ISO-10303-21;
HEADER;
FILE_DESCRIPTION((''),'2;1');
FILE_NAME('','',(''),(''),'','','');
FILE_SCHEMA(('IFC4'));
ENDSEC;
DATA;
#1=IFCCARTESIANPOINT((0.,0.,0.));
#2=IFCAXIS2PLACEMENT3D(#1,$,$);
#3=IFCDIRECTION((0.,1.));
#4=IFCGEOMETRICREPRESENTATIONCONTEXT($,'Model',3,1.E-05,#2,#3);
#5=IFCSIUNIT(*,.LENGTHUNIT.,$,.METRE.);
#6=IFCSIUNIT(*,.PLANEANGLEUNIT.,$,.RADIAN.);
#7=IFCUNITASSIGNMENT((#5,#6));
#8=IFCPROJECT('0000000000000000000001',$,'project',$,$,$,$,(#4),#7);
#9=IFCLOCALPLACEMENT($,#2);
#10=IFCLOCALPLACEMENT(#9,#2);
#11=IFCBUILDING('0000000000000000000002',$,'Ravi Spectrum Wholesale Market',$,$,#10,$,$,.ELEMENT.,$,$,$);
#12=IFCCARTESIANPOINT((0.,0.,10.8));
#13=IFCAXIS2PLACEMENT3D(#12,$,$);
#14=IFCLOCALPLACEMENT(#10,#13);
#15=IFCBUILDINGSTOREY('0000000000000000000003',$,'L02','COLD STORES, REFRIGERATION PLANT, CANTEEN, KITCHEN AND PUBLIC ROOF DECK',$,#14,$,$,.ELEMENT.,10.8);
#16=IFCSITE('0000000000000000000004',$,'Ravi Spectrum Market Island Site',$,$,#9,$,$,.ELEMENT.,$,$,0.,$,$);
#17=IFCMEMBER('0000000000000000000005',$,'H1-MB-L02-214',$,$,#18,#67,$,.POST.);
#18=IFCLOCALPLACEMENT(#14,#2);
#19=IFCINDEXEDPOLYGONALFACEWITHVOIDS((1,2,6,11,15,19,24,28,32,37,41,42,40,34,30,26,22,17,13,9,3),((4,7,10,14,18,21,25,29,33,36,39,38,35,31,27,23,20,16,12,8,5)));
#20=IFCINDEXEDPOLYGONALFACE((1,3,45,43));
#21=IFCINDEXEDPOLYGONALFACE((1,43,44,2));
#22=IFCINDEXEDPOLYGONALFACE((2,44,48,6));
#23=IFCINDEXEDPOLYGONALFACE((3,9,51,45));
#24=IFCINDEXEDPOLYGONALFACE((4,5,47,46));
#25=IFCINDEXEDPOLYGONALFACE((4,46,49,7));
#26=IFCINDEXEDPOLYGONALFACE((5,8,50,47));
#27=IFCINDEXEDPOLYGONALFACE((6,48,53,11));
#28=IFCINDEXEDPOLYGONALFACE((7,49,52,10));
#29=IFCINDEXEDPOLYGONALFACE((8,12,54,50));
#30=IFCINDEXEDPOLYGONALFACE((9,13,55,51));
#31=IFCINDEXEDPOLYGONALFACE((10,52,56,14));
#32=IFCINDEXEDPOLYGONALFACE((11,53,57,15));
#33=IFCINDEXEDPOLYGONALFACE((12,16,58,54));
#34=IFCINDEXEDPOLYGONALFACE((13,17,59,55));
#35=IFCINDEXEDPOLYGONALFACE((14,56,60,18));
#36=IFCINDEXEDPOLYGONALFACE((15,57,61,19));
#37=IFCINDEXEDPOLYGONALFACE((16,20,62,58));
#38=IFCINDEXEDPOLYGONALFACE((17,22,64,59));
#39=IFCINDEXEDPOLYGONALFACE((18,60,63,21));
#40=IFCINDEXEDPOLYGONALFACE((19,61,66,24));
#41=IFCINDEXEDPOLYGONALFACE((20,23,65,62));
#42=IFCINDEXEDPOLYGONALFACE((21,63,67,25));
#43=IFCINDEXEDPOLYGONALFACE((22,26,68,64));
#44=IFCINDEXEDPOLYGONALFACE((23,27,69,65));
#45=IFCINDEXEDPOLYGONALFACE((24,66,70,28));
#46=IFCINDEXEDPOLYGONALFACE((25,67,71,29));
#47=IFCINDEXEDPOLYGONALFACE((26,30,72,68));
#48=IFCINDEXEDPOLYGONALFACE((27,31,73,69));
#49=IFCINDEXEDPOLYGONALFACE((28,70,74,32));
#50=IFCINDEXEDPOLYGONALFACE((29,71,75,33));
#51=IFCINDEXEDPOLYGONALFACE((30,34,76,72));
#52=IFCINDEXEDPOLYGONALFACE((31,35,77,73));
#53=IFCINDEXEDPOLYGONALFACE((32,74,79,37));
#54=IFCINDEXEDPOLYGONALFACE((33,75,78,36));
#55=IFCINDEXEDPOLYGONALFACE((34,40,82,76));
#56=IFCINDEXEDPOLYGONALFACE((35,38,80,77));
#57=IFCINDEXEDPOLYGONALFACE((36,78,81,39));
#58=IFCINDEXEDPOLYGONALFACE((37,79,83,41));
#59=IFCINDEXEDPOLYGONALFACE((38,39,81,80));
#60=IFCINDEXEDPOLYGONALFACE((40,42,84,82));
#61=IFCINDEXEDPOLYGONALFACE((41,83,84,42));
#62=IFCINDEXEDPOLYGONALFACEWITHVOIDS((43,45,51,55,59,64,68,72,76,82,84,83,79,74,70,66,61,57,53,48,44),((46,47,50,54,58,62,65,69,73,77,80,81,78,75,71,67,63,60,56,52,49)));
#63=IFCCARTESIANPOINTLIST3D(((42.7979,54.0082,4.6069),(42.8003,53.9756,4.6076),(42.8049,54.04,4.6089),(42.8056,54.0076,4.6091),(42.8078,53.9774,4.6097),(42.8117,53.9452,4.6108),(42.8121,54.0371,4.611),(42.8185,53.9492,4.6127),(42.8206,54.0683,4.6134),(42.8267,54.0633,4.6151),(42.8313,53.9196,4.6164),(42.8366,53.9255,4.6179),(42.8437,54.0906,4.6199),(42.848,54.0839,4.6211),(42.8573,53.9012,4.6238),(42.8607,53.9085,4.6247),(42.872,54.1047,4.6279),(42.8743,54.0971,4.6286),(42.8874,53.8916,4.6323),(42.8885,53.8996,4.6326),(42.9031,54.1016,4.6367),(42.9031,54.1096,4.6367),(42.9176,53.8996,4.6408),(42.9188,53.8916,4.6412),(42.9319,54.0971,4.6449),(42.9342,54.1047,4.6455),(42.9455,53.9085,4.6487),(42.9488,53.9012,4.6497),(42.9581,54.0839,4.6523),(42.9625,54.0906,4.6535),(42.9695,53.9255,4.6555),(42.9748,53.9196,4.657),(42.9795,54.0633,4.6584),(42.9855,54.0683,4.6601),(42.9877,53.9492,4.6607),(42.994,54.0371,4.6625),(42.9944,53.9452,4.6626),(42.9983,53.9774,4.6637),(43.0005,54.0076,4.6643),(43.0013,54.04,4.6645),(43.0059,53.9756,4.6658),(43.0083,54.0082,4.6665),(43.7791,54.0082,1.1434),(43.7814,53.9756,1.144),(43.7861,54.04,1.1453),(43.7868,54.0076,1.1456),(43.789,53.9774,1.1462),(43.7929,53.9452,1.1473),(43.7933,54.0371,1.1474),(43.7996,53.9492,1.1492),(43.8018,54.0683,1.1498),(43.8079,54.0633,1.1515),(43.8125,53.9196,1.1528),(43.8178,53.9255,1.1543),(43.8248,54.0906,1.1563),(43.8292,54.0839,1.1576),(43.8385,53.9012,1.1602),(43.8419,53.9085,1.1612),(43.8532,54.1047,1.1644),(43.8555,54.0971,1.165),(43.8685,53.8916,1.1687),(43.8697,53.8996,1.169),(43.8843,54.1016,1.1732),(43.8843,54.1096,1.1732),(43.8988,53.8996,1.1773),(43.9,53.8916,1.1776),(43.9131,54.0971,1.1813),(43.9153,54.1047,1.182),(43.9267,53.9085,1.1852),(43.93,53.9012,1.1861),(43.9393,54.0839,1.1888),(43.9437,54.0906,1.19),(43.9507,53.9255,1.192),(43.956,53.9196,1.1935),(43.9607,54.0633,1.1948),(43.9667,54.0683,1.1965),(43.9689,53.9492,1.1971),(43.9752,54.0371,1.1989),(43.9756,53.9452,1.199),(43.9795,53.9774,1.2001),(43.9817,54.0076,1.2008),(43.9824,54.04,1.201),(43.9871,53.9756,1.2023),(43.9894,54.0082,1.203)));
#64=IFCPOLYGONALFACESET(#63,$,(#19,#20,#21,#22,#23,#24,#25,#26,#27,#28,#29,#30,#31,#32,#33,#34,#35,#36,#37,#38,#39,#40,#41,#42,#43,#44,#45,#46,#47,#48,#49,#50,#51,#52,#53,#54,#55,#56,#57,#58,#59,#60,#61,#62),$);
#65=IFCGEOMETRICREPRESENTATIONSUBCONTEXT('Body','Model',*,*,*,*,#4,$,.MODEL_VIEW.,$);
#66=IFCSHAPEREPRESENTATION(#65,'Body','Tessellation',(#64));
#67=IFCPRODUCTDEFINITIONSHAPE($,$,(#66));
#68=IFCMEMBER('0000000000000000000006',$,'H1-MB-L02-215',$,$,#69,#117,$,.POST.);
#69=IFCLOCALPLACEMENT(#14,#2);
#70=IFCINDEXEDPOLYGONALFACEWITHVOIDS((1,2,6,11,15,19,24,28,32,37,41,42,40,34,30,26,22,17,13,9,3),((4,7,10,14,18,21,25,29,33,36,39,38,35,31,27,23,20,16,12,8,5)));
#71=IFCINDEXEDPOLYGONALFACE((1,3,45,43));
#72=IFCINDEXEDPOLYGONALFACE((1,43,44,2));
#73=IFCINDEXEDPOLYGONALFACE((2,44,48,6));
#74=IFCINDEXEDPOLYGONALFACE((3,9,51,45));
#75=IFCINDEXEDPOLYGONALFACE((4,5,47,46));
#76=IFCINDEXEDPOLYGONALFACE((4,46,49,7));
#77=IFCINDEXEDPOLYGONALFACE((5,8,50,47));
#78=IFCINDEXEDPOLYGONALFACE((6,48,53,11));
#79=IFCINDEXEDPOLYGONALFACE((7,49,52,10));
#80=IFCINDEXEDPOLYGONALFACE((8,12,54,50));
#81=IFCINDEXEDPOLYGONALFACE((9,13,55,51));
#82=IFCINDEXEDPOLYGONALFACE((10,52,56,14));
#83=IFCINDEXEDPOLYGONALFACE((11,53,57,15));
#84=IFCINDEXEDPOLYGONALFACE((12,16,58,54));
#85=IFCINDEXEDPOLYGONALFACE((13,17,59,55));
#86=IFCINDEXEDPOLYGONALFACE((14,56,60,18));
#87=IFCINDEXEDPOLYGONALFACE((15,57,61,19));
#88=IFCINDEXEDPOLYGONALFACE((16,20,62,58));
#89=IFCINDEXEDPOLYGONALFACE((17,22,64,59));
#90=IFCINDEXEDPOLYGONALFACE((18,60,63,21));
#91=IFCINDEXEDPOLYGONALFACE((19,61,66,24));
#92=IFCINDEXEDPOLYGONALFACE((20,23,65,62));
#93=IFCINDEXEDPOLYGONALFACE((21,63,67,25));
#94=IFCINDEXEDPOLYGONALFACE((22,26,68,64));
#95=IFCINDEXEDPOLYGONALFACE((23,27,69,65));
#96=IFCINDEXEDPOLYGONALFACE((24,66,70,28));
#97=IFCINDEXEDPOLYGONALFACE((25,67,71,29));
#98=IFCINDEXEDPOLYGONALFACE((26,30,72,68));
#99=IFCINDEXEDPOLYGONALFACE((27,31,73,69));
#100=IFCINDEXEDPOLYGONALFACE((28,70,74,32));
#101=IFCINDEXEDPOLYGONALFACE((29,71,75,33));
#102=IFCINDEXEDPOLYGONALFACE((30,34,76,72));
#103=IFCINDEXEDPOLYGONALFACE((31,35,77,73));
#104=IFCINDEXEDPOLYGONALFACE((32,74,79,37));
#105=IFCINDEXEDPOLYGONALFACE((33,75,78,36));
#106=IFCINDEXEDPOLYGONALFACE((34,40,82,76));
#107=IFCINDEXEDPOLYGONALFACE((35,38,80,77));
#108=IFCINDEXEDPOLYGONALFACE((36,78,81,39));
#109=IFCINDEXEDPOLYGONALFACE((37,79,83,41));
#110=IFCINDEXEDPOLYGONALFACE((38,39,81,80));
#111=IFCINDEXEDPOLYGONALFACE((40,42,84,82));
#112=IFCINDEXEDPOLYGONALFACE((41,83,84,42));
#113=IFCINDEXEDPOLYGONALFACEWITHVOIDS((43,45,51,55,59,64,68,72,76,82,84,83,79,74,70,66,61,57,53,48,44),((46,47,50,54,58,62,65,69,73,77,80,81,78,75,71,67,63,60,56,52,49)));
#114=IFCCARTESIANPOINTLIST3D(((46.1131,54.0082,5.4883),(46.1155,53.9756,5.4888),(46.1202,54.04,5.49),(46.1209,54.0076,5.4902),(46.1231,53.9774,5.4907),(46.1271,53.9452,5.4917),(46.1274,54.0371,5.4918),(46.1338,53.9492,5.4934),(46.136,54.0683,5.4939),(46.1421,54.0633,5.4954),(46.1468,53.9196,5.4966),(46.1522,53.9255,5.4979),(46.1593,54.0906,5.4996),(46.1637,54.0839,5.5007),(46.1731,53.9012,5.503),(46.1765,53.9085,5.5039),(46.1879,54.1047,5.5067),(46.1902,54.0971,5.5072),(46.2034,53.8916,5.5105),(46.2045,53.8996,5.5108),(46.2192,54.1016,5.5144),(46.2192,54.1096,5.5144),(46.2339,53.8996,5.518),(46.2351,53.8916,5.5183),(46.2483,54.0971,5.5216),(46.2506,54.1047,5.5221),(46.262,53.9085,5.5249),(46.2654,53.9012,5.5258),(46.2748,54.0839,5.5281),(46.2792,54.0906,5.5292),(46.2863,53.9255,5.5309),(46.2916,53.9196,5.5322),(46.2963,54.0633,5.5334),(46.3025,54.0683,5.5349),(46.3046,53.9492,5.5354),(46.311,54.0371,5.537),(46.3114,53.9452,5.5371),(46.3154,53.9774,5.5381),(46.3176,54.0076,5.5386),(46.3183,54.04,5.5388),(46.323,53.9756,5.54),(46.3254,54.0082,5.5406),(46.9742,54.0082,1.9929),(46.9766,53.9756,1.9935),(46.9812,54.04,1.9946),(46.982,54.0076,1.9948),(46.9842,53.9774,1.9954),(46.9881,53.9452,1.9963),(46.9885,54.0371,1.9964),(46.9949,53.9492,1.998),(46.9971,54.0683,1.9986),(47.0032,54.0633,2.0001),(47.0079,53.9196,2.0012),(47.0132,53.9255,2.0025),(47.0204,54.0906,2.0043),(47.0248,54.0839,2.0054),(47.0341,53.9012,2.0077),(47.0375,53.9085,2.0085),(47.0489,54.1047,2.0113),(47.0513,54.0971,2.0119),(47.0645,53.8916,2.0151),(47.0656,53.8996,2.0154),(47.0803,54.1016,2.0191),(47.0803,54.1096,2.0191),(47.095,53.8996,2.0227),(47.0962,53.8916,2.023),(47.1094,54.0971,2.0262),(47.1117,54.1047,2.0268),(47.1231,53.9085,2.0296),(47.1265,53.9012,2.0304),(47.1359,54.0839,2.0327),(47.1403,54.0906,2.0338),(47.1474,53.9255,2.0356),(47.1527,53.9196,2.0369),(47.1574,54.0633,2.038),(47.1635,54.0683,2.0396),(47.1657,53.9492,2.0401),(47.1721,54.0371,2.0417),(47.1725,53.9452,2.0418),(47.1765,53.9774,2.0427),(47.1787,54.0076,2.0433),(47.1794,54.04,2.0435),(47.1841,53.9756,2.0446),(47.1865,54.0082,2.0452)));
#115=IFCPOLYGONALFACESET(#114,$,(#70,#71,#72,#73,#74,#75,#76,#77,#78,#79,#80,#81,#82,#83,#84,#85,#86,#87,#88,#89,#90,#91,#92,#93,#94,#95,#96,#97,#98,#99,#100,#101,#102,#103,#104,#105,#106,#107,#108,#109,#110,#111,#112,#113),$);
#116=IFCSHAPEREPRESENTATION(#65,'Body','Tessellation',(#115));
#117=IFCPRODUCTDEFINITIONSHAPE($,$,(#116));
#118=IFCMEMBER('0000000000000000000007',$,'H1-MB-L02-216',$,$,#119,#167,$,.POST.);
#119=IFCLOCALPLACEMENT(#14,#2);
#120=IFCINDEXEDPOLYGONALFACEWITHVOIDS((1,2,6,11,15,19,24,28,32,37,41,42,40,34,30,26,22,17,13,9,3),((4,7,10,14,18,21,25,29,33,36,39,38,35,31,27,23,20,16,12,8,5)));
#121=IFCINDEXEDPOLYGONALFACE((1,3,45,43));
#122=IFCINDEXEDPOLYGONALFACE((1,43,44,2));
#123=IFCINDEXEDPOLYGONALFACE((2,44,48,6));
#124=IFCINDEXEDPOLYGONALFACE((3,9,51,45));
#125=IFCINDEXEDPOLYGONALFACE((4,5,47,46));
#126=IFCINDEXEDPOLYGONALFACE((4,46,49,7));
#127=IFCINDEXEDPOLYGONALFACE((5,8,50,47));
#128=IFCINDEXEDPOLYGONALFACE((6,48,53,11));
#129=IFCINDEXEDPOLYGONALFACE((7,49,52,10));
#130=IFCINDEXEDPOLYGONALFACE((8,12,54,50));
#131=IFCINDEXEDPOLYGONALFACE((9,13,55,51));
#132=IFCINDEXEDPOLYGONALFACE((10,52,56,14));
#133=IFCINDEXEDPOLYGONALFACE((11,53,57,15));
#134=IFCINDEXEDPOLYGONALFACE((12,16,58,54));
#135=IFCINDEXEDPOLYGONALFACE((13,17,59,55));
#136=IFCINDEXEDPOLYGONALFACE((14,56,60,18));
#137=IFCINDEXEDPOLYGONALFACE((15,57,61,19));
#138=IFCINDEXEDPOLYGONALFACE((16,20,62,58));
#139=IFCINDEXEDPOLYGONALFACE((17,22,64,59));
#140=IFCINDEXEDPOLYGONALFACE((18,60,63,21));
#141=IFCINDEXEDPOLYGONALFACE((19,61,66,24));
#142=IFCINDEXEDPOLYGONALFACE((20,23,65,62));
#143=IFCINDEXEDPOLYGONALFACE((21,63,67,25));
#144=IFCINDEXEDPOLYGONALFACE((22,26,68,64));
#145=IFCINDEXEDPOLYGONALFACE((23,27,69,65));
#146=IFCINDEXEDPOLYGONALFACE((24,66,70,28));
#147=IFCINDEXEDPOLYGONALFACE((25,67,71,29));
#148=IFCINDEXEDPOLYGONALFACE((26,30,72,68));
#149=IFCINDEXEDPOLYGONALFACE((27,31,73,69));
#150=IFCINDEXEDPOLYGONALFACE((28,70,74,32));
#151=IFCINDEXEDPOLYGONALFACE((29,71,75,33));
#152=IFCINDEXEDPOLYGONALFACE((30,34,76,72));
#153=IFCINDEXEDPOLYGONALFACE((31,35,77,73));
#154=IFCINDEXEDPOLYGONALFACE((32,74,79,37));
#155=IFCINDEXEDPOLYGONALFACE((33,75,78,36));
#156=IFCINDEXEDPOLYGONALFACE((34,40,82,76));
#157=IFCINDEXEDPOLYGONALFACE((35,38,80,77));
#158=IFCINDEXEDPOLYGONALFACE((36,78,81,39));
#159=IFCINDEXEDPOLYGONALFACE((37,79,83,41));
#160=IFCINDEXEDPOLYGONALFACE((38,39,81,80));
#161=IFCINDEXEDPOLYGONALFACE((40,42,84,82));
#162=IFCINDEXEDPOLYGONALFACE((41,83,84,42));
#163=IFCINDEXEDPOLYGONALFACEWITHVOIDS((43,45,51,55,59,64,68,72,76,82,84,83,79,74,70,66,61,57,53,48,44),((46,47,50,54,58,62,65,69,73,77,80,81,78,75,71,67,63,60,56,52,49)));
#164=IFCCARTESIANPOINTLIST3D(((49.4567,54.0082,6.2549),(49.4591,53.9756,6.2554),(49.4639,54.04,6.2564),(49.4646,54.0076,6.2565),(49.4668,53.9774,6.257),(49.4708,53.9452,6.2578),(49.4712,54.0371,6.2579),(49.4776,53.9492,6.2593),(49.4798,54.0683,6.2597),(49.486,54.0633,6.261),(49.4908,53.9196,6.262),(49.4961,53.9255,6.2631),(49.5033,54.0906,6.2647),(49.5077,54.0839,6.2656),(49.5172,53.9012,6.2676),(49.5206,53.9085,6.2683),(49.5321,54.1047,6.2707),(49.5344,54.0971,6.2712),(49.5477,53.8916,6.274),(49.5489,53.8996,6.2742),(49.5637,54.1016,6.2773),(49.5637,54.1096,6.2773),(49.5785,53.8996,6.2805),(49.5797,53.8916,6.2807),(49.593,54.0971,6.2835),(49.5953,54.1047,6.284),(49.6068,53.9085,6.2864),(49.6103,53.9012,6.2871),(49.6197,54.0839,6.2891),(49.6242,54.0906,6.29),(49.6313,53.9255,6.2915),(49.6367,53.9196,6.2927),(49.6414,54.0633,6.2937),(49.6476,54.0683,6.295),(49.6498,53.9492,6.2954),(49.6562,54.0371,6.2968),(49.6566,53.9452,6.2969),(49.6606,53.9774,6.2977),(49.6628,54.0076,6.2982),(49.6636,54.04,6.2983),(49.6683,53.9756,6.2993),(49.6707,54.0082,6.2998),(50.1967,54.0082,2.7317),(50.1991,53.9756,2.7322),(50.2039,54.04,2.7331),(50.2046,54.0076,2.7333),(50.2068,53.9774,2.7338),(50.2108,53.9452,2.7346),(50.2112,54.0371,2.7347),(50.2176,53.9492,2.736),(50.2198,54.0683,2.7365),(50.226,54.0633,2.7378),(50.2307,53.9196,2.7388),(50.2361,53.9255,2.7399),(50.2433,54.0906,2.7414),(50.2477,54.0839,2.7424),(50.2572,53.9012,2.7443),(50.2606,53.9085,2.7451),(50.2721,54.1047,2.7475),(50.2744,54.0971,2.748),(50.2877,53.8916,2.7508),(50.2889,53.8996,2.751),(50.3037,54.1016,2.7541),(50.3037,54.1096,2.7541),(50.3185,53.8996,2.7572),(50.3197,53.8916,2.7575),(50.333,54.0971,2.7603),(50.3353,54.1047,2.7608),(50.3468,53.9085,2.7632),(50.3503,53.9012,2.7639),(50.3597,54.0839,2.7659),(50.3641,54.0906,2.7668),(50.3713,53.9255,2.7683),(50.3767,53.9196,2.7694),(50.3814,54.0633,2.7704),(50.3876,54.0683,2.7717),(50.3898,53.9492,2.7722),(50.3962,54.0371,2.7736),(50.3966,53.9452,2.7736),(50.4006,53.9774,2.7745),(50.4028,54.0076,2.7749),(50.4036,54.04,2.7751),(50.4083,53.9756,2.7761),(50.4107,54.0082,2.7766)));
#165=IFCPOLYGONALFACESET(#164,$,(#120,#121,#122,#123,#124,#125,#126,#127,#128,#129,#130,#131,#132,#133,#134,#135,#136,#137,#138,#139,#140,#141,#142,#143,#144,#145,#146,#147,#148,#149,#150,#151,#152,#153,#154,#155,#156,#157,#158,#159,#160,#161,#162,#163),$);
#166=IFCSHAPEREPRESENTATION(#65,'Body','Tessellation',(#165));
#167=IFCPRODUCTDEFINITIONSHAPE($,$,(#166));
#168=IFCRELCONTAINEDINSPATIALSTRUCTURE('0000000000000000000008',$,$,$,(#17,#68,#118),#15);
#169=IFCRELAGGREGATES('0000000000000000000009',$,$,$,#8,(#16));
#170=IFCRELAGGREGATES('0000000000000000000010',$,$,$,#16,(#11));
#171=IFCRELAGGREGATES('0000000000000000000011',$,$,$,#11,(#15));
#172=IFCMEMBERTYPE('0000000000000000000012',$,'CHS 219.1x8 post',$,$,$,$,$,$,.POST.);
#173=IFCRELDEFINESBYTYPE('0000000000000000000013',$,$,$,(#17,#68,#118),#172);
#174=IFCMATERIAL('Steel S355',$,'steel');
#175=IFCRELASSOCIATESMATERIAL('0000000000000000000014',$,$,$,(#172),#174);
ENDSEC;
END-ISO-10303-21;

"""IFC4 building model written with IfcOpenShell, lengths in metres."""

from ifc_helpers import new_model, si_unit, direction, frame, origin, origin_2d, place, context, subcontext, project, spatial, hollow_circle, extrude, material, material_profile, profile_set, type_object, element, save


model = new_model("IFC4")

# Units and contexts
model_context = context("Model", 3, precision=1e-05, world=origin(), true_north=direction((0.0, 1.0)))
body_context = subcontext(model_context, "Body", "Model", "MODEL_VIEW")
ifc_project = project(units=[si_unit("LENGTHUNIT", "METRE"), si_unit("PLANEANGLEUNIT", "RADIAN")], contexts=[model_context])

# Site, building, storey
site_placement = place(None, origin())
site = spatial("IfcSite", under=ifc_project, at=site_placement, Name="Ravi Spectrum Market Island Site", CompositionType="ELEMENT", RefElevation=0.0)
building_placement = place(site_placement, origin())
building = spatial("IfcBuilding", under=site, at=building_placement, Name="Ravi Spectrum Wholesale Market", CompositionType="ELEMENT")
storey_placement = place(building_placement, frame((0.0, 0.0, 10.8)))
storey = spatial("IfcBuildingStorey", under=building, at=storey_placement, Name="L02", Description="COLD STORES, REFRIGERATION PLANT, CANTEEN, KITCHEN AND PUBLIC ROOF DECK", CompositionType="ELEMENT", Elevation=10.8)

# Members
ifc_material_1 = material(Name="Steel S355", Category="steel")
ifc_material_profile_1 = material_profile(ifc_material_1, hollow_circle(Radius=0.1096, WallThickness=0.0081, at=origin_2d()))
ifc_profile_set_1 = profile_set([ifc_material_profile_1], Name="Steel S355")
member_type_1 = type_object("IfcMemberType", Name="CHS 219.1x8 post", PredefinedType="POST", material=ifc_profile_set_1)
for number, where, z_axis, x_axis, name in (
    (1, (42.9031, 54.0, 4.6367), (0.272562, 0.0, -0.962138), (0.0, 1.0, 0.0), "H1-MB-L02-214"),
    (2, (46.2192, 54.0, 5.5144), (0.239199, 0.0, -0.970971), (0.0, 1.0, 0.0), "H1-MB-L02-215"),
):
    element("IfcMember", number, at=place(storey_placement, frame(where, z_axis=z_axis, x_axis=x_axis)), inside=storey, type_object=member_type_1, Name=name, PredefinedType="POST", context=body_context, shape_type="SweptSolid", body=[
        extrude(hollow_circle(Radius=0.1096, WallThickness=0.0081, at=origin_2d()), origin(), (0.0, 0.0, 1.0), 3.5999),
    ])
for number, where, z_axis, x_axis, name in (
    (3, (49.5637, 54.0, 6.2773), (0.205549, 0.0, -0.978647), (0.0, 1.0, 0.0), "H1-MB-L02-216"),
):
    element("IfcMember", number, at=place(storey_placement, frame(where, z_axis=z_axis, x_axis=x_axis)), inside=storey, type_object=member_type_1, Name=name, PredefinedType="POST", context=body_context, shape_type="SweptSolid", body=[
        extrude(hollow_circle(Radius=0.1096, WallThickness=0.0081, at=origin_2d()), origin(), (0.0, 0.0, 1.0), 3.6001),
    ])

save(model, "model.ifc")
